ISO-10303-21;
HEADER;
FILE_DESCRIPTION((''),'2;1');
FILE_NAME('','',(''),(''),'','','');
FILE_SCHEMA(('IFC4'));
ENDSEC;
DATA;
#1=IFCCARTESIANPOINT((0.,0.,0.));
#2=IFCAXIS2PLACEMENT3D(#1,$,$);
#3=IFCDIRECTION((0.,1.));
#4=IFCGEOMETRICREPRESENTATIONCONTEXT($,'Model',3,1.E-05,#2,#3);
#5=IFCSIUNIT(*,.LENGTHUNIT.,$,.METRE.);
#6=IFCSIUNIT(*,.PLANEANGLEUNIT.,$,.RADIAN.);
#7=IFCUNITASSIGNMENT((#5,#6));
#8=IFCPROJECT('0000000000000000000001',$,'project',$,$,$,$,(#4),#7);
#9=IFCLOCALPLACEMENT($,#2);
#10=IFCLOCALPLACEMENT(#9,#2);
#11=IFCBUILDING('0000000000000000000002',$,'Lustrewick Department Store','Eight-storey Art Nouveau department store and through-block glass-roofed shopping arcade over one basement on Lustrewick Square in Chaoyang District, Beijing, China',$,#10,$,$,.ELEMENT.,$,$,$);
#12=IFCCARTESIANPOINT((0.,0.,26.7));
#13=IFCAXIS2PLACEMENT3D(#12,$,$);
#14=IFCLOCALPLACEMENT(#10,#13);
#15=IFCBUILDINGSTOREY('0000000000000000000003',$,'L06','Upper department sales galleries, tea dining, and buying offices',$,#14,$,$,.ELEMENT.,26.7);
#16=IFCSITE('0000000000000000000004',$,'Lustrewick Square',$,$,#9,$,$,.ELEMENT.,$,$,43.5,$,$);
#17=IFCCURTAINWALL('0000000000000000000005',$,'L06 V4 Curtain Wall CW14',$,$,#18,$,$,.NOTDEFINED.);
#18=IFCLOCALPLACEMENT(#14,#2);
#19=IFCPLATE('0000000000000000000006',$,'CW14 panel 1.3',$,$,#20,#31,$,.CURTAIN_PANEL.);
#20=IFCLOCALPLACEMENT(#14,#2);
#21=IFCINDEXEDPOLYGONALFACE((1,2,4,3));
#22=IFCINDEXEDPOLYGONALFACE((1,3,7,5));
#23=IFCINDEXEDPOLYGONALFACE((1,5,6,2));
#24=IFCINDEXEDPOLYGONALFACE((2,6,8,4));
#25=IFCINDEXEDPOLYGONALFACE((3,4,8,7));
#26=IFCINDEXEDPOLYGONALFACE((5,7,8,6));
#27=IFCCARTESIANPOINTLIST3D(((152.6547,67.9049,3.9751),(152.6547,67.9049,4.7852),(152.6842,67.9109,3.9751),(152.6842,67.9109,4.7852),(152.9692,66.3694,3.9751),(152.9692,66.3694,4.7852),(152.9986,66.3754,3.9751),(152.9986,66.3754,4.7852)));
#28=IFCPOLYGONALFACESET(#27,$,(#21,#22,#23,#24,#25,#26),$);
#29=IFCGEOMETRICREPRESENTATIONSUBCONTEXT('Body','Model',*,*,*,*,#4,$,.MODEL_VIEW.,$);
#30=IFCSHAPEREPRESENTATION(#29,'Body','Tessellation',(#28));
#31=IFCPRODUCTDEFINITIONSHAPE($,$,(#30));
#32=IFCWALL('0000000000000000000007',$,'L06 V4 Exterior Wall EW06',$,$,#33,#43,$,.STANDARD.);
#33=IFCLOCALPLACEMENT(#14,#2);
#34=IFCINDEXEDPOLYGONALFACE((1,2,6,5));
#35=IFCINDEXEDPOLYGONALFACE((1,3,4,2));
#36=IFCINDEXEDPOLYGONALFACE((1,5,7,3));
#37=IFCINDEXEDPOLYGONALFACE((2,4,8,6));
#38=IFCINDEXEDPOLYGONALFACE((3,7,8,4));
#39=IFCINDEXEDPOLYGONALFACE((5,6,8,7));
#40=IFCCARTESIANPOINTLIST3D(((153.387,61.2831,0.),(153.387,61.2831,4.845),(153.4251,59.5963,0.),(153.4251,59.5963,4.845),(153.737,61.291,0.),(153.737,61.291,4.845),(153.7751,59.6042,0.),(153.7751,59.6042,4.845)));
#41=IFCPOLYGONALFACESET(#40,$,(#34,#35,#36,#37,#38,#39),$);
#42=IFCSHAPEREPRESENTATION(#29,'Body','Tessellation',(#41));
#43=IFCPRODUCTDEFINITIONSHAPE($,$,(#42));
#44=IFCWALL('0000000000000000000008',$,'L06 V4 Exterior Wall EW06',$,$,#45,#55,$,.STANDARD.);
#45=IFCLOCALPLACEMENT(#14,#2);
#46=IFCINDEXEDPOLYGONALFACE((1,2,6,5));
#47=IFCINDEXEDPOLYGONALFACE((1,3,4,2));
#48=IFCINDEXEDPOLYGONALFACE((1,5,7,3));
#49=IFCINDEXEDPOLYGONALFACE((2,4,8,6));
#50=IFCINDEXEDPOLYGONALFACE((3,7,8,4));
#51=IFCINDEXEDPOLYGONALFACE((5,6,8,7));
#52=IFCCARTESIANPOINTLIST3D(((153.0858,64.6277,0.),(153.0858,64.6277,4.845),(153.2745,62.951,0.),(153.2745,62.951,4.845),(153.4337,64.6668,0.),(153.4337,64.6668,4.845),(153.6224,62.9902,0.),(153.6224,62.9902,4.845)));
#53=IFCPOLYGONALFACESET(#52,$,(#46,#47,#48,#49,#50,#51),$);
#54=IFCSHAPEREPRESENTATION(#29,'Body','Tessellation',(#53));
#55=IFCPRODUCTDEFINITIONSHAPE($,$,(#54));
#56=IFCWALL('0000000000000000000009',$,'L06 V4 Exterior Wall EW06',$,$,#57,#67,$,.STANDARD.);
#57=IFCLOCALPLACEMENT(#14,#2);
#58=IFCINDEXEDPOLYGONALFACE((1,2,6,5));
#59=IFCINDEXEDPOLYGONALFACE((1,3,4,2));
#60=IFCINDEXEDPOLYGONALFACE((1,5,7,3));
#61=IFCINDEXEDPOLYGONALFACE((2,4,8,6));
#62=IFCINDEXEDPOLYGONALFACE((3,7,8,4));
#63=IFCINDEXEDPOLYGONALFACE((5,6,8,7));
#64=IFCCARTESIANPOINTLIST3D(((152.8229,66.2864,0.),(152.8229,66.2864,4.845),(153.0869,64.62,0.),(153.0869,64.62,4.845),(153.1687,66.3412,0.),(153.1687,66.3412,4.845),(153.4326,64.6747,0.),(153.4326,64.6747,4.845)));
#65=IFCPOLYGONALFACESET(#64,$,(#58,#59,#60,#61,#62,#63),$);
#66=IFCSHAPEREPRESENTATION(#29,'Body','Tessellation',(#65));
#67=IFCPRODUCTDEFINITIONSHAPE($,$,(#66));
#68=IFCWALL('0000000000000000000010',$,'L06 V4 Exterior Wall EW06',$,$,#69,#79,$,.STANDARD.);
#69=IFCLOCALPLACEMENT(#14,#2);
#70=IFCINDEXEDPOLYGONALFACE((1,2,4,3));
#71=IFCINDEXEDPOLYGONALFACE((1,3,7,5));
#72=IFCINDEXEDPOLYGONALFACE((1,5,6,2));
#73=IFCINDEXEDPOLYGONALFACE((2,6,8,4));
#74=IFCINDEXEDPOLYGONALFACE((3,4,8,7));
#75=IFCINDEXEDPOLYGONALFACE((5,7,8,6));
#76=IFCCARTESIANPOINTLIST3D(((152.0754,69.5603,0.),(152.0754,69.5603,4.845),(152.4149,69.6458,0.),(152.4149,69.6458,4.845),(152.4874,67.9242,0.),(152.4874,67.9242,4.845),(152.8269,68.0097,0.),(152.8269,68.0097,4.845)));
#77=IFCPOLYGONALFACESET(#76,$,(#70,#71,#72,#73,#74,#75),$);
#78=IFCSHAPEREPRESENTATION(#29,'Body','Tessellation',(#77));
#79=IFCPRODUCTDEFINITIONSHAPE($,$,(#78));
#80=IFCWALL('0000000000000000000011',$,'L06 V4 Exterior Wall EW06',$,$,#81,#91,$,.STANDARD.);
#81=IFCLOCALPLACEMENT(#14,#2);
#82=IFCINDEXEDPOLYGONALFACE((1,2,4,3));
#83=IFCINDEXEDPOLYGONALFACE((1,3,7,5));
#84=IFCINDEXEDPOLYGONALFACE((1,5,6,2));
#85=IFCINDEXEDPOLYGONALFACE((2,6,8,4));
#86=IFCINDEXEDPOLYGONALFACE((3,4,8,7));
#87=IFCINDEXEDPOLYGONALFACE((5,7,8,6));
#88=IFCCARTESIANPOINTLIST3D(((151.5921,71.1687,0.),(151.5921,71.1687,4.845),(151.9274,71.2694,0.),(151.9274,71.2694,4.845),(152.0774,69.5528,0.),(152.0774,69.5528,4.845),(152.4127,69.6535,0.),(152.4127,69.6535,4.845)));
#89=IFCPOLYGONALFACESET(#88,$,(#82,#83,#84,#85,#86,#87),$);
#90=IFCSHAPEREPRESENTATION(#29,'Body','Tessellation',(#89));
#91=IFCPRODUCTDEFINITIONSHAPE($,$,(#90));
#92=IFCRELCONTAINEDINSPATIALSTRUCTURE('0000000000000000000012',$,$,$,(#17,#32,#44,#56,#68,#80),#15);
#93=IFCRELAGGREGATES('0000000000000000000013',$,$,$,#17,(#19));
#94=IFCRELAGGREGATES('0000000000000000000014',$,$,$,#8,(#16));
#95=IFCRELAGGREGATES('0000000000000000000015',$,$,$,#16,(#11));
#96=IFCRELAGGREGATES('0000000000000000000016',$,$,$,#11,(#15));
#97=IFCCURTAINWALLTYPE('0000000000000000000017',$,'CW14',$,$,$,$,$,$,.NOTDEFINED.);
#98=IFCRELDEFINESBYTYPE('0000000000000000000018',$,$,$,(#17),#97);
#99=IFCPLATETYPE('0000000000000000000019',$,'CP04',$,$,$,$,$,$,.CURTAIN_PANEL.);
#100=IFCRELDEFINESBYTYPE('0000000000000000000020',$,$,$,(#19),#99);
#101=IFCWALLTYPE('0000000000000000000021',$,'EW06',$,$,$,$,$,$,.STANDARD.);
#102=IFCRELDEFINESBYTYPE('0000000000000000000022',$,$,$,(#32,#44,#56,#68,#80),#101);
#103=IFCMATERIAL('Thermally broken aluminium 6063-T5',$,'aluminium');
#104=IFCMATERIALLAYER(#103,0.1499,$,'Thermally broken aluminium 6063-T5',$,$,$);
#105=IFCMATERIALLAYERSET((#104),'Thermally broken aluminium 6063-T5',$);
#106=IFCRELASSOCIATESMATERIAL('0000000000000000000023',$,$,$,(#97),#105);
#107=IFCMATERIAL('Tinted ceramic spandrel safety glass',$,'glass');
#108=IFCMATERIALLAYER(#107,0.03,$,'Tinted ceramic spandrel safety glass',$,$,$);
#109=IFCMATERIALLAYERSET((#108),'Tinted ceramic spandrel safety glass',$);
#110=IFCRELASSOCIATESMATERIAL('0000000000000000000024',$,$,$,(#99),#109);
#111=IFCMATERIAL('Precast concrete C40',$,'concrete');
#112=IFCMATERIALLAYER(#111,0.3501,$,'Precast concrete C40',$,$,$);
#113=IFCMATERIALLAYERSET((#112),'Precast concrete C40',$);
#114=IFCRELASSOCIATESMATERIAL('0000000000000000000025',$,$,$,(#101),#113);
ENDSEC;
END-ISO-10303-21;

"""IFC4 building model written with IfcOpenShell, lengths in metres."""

from ifc_helpers import new_model, si_unit, direction, frame, frame_2d, origin, origin_2d, place, context, subcontext, project, spatial, rectangle, extrude, material, layer, layer_set, type_object, element, aggregate, save


model = new_model("IFC4")

# Units and contexts
model_context = context("Model", 3, precision=1e-05, world=origin(), true_north=direction((0.0, 1.0)))
body_context = subcontext(model_context, "Body", "Model", "MODEL_VIEW")
ifc_project = project(units=[si_unit("LENGTHUNIT", "METRE"), si_unit("PLANEANGLEUNIT", "RADIAN")], contexts=[model_context])

# Site, building, storey
site_placement = place(None, origin())
site = spatial("IfcSite", under=ifc_project, at=site_placement, Name="Lustrewick Square", CompositionType="ELEMENT", RefElevation=43.5)
building_placement = place(site_placement, origin())
building = spatial("IfcBuilding", under=site, at=building_placement, Name="Lustrewick Department Store", Description="Eight-storey Art Nouveau department store and through-block glass-roofed shopping arcade over one basement on Lustrewick Square in Chaoyang District, Beijing, China", CompositionType="ELEMENT")
storey_placement = place(building_placement, frame((0.0, 0.0, 26.7)))
storey = spatial("IfcBuildingStorey", under=building, at=storey_placement, Name="L06", Description="Upper department sales galleries, tea dining, and buying offices", CompositionType="ELEMENT", Elevation=26.7)

# Curtain wall
ifc_material_1 = material(Name="Thermally broken aluminium 6063-T5", Category="aluminium")
ifc_layer_1 = layer(ifc_material_1, 0.1499, Name="Thermally broken aluminium 6063-T5")
ifc_layer_set_1 = layer_set([ifc_layer_1], Name="Thermally broken aluminium 6063-T5")
curtain_wall_type_1 = type_object("IfcCurtainWallType", Name="CW14", PredefinedType="NOTDEFINED", material=ifc_layer_set_1)
curtain_wall_1_placement = place(storey_placement, origin())
curtain_wall_1 = element("IfcCurtainWall", 1, at=curtain_wall_1_placement, inside=storey, type_object=curtain_wall_type_1, Name="L06 V4 Curtain Wall CW14", PredefinedType="NOTDEFINED")

# Plate
ifc_material_2 = material(Name="Tinted ceramic spandrel safety glass", Category="glass")
ifc_layer_2 = layer(ifc_material_2, 0.03, Name="Tinted ceramic spandrel safety glass")
ifc_layer_set_2 = layer_set([ifc_layer_2], Name="Tinted ceramic spandrel safety glass")
plate_type_1 = type_object("IfcPlateType", Name="CP04", PredefinedType="CURTAIN_PANEL", material=ifc_layer_set_2)
plate_1_placement = place(storey_placement, frame((152.8267, 67.1401, 3.9751), z_axis=(0.0, 0.0, 1.0), x_axis=(-0.200604, 0.979672, 0.0)))
plate_1 = element("IfcPlate", 2, at=plate_1_placement, type_object=plate_type_1, Name="CW14 panel 1.3", PredefinedType="CURTAIN_PANEL", context=body_context, shape_type="SweptSolid", body=[
    extrude(rectangle(XDim=1.5674, YDim=0.03, at=origin_2d()), origin(), (0.0, 0.0, 1.0), 0.8101),
])
aggregate(curtain_wall_1, [plate_1])

# Walls
ifc_material_3 = material(Name="Precast concrete C40", Category="concrete")
ifc_layer_3 = layer(ifc_material_3, 0.3501, Name="Precast concrete C40")
ifc_layer_set_3 = layer_set([ifc_layer_3], Name="Precast concrete C40")
wall_type = type_object("IfcWallType", Name="EW06", PredefinedType="STANDARD", material=ifc_layer_set_3)
for number, where, z_axis, x_axis, name in (
    (3, (153.6001, 59.6001, 0.0), (0.0, 0.0, 1.0), (-0.022573, 0.999745, 0.0), "L06 V4 Exterior Wall EW06"),
    (4, (153.4485, 62.9705, 0.0), (0.0, 0.0, 1.0), (-0.111845, 0.993726, 0.0), "L06 V4 Exterior Wall EW06"),
    (5, (153.2598, 64.6472, 0.0), (0.0, 0.0, 1.0), (-0.156416, 0.987691, 0.0), "L06 V4 Exterior Wall EW06"),
    (6, (152.6572, 67.9668, 0.0), (0.0, 0.0, 1.0), (-0.244237, 0.969715, 0.0), "L06 V4 Exterior Wall EW06"),
    (7, (152.2451, 69.603, 0.0), (0.0, 0.0, 1.0), (-0.287653, 0.957735, 0.0), "L06 V4 Exterior Wall EW06"),
):
    element("IfcWall", number, at=place(storey_placement, frame(where, z_axis=z_axis, x_axis=x_axis)), inside=storey, type_object=wall_type, Name=name, PredefinedType="STANDARD", context=body_context, shape_type="SweptSolid", body=[
        extrude(rectangle(XDim=1.6873, YDim=0.3501, at=frame_2d((0.8438, 0.0))), origin(), (0.0, 0.0, 1.0), 4.845),
    ])

save(model, "model.ifc")
